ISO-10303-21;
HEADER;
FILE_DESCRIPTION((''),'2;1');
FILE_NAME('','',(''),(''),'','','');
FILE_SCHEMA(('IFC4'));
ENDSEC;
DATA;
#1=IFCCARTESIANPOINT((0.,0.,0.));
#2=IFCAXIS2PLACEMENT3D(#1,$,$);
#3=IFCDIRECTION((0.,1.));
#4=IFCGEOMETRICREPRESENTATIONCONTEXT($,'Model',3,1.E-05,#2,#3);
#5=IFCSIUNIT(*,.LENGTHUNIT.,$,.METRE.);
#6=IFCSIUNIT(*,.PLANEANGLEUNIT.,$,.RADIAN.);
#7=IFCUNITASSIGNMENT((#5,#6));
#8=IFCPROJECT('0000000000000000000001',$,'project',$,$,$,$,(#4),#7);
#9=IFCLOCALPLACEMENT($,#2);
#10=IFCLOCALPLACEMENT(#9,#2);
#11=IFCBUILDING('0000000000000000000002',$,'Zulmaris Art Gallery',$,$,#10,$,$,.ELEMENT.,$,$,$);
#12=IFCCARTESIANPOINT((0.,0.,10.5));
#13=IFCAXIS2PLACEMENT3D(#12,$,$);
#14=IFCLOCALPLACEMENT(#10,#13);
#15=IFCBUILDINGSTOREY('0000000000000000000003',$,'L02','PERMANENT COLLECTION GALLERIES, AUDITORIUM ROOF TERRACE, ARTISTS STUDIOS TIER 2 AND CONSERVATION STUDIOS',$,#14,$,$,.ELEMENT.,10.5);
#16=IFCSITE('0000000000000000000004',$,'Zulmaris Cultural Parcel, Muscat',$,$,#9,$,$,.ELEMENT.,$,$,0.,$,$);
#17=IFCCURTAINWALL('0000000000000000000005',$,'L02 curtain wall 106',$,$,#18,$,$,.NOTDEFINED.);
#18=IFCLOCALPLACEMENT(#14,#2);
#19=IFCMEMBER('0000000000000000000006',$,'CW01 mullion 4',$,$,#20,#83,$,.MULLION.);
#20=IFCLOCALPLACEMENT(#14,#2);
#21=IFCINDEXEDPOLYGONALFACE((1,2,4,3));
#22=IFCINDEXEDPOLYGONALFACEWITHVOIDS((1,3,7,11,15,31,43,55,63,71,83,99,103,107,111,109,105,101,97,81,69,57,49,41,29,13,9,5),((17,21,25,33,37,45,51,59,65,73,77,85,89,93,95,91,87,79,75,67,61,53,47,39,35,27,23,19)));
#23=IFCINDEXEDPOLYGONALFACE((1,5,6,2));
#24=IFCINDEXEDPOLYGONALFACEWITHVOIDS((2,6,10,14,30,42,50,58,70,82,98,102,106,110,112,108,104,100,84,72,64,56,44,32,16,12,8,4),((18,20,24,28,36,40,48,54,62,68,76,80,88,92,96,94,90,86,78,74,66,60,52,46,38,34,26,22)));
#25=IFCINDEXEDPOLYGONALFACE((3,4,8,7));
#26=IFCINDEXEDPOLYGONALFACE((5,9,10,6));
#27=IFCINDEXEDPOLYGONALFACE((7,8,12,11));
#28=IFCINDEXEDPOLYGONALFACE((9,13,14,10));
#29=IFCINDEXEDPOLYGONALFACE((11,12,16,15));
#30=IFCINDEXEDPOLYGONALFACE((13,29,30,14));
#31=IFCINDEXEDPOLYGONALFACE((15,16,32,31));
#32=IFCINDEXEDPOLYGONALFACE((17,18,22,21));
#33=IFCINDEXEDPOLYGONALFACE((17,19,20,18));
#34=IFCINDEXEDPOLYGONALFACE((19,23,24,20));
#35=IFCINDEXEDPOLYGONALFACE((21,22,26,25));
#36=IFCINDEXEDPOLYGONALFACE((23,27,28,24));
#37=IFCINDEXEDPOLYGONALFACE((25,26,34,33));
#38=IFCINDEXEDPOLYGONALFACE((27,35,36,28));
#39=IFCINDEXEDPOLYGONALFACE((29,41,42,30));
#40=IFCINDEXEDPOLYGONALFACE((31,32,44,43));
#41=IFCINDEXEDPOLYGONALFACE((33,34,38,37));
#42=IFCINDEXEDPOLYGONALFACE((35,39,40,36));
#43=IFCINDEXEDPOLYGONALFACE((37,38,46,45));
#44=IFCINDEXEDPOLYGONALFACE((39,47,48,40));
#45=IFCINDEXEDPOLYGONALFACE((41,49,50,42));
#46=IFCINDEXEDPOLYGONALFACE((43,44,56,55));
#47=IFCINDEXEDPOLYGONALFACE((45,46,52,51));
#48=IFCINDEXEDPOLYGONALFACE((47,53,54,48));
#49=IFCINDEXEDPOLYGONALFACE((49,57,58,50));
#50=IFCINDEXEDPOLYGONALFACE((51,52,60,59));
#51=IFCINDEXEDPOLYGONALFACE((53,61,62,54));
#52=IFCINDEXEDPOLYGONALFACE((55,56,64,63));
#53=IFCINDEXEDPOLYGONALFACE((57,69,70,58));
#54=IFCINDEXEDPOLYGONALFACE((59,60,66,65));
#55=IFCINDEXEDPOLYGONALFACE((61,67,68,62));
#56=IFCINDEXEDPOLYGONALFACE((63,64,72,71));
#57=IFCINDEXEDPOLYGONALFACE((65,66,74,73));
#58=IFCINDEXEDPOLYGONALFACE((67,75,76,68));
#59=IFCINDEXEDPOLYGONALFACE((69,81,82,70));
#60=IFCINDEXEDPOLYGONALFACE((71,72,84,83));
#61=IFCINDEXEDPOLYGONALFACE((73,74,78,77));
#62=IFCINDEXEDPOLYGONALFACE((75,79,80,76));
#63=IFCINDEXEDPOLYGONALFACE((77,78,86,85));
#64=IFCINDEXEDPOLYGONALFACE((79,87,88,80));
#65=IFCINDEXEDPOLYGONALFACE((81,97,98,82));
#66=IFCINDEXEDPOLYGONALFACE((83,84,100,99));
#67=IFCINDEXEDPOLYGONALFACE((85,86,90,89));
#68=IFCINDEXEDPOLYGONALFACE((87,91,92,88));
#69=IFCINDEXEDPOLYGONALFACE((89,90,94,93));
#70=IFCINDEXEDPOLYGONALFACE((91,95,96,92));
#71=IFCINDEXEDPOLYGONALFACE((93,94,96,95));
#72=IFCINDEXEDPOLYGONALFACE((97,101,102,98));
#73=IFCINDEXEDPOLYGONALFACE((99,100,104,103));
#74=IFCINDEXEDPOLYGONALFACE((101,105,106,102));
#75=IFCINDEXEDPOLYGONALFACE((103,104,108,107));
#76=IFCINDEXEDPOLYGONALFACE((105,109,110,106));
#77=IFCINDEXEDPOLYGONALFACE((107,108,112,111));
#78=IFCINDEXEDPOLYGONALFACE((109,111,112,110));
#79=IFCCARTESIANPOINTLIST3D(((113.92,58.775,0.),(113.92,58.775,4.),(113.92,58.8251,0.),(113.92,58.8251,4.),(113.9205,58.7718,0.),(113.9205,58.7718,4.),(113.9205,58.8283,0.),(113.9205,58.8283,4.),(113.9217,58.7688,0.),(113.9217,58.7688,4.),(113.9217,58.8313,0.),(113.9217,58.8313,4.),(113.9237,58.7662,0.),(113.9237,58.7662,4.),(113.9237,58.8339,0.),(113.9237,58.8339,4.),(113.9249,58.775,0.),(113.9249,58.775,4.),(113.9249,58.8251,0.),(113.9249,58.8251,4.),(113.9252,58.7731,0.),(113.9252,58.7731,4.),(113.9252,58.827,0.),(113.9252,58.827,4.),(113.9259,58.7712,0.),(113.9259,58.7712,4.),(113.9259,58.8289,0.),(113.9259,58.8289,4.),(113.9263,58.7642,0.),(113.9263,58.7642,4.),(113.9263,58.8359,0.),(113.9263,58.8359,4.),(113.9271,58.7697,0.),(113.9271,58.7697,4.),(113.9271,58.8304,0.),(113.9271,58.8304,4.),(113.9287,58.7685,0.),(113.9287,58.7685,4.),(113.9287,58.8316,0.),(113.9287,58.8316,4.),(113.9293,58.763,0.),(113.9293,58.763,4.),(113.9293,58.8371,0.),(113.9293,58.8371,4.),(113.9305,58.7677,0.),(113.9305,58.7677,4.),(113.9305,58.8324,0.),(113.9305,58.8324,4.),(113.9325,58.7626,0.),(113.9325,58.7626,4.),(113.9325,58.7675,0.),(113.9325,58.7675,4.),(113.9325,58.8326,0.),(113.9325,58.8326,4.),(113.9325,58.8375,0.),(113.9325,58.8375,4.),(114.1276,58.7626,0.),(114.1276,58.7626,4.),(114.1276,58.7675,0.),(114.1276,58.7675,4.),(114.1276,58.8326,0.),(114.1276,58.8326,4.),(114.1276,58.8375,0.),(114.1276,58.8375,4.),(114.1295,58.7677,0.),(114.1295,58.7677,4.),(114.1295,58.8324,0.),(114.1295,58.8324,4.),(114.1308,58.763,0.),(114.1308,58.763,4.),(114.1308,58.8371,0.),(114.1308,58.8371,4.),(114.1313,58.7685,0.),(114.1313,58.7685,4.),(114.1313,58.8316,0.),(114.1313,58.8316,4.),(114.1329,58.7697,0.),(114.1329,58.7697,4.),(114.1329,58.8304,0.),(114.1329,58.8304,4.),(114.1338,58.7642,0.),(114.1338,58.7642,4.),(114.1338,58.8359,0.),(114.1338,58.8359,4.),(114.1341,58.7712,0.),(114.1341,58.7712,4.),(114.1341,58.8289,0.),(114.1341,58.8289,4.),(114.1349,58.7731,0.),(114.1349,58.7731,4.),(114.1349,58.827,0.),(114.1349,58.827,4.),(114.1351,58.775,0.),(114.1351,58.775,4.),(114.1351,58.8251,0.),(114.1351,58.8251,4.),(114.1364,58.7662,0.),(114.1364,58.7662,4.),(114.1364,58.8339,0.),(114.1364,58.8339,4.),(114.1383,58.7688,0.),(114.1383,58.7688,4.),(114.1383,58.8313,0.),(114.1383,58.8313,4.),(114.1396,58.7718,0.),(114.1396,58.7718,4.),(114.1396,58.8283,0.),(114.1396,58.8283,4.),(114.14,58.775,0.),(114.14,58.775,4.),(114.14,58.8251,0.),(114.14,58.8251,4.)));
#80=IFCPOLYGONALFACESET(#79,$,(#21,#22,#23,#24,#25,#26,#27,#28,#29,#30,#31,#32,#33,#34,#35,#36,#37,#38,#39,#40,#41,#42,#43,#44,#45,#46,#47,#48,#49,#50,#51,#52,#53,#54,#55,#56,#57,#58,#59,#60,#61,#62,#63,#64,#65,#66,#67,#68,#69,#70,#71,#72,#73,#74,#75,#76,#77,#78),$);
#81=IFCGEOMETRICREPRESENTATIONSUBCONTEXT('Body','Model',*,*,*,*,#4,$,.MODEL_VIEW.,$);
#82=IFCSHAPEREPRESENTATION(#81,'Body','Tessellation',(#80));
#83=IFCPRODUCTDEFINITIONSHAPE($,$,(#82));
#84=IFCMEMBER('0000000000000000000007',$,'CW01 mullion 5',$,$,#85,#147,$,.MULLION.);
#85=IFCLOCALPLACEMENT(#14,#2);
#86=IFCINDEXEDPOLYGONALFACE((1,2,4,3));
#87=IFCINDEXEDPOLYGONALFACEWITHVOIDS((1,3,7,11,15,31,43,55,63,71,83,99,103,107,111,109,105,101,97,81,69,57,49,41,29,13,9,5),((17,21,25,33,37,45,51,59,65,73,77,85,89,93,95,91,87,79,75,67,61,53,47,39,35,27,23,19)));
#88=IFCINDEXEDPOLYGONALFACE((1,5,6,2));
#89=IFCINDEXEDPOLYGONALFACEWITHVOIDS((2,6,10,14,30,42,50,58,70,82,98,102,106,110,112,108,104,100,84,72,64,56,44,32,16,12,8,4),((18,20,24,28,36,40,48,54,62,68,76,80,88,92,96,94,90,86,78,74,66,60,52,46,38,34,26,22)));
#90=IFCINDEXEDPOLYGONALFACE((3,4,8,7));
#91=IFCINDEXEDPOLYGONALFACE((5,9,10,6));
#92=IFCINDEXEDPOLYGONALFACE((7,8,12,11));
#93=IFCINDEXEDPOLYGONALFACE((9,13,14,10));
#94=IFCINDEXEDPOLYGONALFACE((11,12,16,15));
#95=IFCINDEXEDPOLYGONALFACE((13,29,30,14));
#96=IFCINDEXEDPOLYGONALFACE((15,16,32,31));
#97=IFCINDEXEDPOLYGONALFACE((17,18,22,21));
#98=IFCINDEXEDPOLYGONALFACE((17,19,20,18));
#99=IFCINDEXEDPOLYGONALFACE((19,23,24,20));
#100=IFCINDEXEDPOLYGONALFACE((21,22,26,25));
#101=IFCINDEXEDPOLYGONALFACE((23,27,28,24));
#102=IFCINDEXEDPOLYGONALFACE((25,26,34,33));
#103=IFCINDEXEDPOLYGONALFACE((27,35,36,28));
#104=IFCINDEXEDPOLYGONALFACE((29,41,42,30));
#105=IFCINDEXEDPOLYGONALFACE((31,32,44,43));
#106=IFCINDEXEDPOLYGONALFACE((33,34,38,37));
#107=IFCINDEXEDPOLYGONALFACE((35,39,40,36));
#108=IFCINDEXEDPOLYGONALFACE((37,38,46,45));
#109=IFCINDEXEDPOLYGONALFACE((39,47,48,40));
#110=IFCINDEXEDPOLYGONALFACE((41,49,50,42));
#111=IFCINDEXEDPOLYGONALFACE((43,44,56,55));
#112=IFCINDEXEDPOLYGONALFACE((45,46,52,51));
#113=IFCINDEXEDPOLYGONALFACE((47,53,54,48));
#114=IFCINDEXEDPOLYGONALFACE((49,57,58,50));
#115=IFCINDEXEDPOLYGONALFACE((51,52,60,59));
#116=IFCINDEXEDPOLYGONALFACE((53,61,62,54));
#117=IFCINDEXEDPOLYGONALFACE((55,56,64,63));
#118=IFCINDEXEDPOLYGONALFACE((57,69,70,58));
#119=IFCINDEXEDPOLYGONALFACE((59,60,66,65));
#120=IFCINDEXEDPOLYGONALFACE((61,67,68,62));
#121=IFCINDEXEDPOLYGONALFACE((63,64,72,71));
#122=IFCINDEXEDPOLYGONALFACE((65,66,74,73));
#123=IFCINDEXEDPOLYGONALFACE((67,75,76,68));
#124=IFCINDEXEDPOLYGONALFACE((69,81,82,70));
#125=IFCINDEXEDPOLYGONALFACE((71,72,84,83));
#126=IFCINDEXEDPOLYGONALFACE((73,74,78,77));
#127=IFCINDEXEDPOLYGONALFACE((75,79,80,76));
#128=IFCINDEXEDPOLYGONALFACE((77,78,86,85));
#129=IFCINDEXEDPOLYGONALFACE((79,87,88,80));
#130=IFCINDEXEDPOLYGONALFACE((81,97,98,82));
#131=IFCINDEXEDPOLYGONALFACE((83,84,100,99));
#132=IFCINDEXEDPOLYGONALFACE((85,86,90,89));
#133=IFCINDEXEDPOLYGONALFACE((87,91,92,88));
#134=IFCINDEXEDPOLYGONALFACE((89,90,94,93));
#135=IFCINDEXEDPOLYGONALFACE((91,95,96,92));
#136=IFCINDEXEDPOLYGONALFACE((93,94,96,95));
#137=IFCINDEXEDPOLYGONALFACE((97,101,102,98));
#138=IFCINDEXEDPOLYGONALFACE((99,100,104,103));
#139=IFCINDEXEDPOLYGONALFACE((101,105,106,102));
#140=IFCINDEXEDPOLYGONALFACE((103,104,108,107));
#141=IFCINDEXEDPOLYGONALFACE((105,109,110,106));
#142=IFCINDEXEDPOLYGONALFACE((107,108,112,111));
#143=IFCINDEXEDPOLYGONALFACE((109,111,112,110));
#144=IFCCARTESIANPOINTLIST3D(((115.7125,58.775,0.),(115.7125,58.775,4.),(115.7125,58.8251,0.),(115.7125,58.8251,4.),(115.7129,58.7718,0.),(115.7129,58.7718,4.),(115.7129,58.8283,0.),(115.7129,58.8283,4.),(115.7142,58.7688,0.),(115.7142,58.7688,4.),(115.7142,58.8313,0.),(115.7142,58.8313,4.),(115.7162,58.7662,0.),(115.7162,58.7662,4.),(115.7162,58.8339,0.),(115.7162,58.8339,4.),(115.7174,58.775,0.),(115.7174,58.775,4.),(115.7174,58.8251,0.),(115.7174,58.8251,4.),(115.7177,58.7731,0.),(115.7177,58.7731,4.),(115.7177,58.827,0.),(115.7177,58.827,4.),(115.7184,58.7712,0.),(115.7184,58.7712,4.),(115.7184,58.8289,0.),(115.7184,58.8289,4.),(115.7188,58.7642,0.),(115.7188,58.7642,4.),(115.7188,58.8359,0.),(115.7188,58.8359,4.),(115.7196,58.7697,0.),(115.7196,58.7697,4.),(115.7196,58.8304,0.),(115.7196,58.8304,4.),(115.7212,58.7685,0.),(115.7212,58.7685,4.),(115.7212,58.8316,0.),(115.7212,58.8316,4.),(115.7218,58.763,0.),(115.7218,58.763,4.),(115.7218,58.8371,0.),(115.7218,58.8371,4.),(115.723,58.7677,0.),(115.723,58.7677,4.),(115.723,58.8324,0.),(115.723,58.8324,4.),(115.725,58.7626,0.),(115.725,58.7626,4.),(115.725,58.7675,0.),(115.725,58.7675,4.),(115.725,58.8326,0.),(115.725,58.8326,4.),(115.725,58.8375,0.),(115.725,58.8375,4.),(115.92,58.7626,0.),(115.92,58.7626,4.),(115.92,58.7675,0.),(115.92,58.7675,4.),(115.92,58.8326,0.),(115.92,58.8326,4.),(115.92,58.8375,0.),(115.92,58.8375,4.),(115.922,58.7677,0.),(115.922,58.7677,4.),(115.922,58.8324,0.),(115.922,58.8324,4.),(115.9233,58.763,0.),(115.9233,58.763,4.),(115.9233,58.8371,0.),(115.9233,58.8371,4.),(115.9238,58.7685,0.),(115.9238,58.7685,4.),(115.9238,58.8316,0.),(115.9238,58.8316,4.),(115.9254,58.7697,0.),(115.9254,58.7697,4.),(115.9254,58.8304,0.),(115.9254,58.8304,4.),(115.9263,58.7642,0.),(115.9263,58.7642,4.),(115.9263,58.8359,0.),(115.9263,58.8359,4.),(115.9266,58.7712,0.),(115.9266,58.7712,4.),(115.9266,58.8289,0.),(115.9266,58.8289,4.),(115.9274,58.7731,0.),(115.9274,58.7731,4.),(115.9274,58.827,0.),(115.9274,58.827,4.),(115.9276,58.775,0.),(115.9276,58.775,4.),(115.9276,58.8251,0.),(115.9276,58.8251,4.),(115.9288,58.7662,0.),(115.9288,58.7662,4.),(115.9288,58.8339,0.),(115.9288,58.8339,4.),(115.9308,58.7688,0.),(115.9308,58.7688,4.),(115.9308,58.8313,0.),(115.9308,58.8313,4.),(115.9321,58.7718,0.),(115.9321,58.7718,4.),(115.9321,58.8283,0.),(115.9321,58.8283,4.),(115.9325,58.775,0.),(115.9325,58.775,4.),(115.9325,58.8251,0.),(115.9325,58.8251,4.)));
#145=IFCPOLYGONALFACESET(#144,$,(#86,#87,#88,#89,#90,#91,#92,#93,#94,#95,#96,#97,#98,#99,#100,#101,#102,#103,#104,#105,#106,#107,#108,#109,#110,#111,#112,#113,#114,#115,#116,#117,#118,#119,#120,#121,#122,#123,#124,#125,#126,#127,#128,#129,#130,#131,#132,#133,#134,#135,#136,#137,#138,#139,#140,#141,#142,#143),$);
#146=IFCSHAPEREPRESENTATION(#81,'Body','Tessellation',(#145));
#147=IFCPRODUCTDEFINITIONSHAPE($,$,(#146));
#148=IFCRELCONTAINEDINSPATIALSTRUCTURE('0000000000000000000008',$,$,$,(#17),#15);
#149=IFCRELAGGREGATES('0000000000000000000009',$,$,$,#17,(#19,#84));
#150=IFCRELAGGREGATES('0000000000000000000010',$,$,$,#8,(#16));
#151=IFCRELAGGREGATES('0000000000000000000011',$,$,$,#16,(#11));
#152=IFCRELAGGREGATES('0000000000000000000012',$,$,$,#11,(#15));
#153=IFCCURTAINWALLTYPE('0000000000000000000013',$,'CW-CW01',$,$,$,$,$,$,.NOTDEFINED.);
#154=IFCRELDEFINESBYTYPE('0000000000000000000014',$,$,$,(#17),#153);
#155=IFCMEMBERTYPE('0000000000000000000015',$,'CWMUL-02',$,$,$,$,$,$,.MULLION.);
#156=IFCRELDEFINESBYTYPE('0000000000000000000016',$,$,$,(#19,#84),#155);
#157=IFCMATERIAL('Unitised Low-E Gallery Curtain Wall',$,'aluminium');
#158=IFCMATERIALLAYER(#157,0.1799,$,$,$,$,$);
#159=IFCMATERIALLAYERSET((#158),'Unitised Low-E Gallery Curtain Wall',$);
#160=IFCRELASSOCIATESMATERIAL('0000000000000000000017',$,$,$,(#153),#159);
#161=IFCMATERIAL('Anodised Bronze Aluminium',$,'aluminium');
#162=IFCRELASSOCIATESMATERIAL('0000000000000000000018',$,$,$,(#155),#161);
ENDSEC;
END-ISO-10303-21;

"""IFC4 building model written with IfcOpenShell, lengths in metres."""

from ifc_helpers import new_model, si_unit, direction, frame, origin, origin_2d, place, context, subcontext, project, spatial, hollow_rectangle, extrude, material, layer, layer_set, material_profile, profile_set, type_object, element, aggregate, save


model = new_model("IFC4")

# Units and contexts
model_context = context("Model", 3, precision=1e-05, world=origin(), true_north=direction((0.0, 1.0)))
body_context = subcontext(model_context, "Body", "Model", "MODEL_VIEW")
ifc_project = project(units=[si_unit("LENGTHUNIT", "METRE"), si_unit("PLANEANGLEUNIT", "RADIAN")], contexts=[model_context])

# Site, building, storey
site_placement = place(None, origin())
site = spatial("IfcSite", under=ifc_project, at=site_placement, Name="Zulmaris Cultural Parcel, Muscat", CompositionType="ELEMENT", RefElevation=0.0)
building_placement = place(site_placement, origin())
building = spatial("IfcBuilding", under=site, at=building_placement, Name="Zulmaris Art Gallery", CompositionType="ELEMENT")
storey_placement = place(building_placement, frame((0.0, 0.0, 10.5)))
storey = spatial("IfcBuildingStorey", under=building, at=storey_placement, Name="L02", Description="PERMANENT COLLECTION GALLERIES, AUDITORIUM ROOF TERRACE, ARTISTS STUDIOS TIER 2 AND CONSERVATION STUDIOS", CompositionType="ELEMENT", Elevation=10.5)

# Curtain wall, members
ifc_material_1 = material(Name="Unitised Low-E Gallery Curtain Wall", Category="aluminium")
ifc_layer_1 = layer(ifc_material_1, 0.1799)
ifc_layer_set_1 = layer_set([ifc_layer_1], Name="Unitised Low-E Gallery Curtain Wall")
curtain_wall_type = type_object("IfcCurtainWallType", Name="CW-CW01", PredefinedType="NOTDEFINED", material=ifc_layer_set_1)
curtain_wall_placement = place(storey_placement, origin())
curtain_wall = element("IfcCurtainWall", 1, at=curtain_wall_placement, inside=storey, type_object=curtain_wall_type, Name="L02 curtain wall 106", PredefinedType="NOTDEFINED")
ifc_material_2 = material(Name="Anodised Bronze Aluminium", Category="aluminium")
ifc_material_profile_1 = material_profile(ifc_material_2, hollow_rectangle(XDim=0.075, YDim=0.22, WallThickness=0.0049, InnerFilletRadius=0.0076, OuterFilletRadius=0.0125, at=origin_2d()), Name="ALU 75x220x5")
ifc_profile_set_1 = profile_set([ifc_material_profile_1], Name="Anodised Bronze Aluminium")
member_type_1 = type_object("IfcMemberType", Name="CWMUL-02", PredefinedType="MULLION", material=ifc_profile_set_1)
member_1_placement = place(storey_placement, frame((114.03, 58.8, 0.0), z_axis=(0.0, 0.0, 1.0), x_axis=(0.0, 1.0, 0.0)))
member_1 = element("IfcMember", 2, at=member_1_placement, type_object=member_type_1, Name="CW01 mullion 4", PredefinedType="MULLION", context=body_context, shape_type="SweptSolid", body=[
    extrude(hollow_rectangle(XDim=0.075, YDim=0.22, WallThickness=0.0049, InnerFilletRadius=0.0076, OuterFilletRadius=0.0125, at=origin_2d()), origin(), (0.0, 0.0, 1.0), 4.0),
])
member_2_placement = place(storey_placement, frame((115.8225, 58.8, 0.0), z_axis=(0.0, 0.0, 1.0), x_axis=(0.0, 1.0, 0.0)))
member_2 = element("IfcMember", 3, at=member_2_placement, type_object=member_type_1, Name="CW01 mullion 5", PredefinedType="MULLION", context=body_context, shape_type="SweptSolid", body=[
    extrude(hollow_rectangle(XDim=0.075, YDim=0.22, WallThickness=0.0049, InnerFilletRadius=0.0076, OuterFilletRadius=0.0125, at=origin_2d()), origin(), (0.0, 0.0, 1.0), 4.0),
])
aggregate(curtain_wall, [member_1, member_2])

save(model, "model.ifc")
